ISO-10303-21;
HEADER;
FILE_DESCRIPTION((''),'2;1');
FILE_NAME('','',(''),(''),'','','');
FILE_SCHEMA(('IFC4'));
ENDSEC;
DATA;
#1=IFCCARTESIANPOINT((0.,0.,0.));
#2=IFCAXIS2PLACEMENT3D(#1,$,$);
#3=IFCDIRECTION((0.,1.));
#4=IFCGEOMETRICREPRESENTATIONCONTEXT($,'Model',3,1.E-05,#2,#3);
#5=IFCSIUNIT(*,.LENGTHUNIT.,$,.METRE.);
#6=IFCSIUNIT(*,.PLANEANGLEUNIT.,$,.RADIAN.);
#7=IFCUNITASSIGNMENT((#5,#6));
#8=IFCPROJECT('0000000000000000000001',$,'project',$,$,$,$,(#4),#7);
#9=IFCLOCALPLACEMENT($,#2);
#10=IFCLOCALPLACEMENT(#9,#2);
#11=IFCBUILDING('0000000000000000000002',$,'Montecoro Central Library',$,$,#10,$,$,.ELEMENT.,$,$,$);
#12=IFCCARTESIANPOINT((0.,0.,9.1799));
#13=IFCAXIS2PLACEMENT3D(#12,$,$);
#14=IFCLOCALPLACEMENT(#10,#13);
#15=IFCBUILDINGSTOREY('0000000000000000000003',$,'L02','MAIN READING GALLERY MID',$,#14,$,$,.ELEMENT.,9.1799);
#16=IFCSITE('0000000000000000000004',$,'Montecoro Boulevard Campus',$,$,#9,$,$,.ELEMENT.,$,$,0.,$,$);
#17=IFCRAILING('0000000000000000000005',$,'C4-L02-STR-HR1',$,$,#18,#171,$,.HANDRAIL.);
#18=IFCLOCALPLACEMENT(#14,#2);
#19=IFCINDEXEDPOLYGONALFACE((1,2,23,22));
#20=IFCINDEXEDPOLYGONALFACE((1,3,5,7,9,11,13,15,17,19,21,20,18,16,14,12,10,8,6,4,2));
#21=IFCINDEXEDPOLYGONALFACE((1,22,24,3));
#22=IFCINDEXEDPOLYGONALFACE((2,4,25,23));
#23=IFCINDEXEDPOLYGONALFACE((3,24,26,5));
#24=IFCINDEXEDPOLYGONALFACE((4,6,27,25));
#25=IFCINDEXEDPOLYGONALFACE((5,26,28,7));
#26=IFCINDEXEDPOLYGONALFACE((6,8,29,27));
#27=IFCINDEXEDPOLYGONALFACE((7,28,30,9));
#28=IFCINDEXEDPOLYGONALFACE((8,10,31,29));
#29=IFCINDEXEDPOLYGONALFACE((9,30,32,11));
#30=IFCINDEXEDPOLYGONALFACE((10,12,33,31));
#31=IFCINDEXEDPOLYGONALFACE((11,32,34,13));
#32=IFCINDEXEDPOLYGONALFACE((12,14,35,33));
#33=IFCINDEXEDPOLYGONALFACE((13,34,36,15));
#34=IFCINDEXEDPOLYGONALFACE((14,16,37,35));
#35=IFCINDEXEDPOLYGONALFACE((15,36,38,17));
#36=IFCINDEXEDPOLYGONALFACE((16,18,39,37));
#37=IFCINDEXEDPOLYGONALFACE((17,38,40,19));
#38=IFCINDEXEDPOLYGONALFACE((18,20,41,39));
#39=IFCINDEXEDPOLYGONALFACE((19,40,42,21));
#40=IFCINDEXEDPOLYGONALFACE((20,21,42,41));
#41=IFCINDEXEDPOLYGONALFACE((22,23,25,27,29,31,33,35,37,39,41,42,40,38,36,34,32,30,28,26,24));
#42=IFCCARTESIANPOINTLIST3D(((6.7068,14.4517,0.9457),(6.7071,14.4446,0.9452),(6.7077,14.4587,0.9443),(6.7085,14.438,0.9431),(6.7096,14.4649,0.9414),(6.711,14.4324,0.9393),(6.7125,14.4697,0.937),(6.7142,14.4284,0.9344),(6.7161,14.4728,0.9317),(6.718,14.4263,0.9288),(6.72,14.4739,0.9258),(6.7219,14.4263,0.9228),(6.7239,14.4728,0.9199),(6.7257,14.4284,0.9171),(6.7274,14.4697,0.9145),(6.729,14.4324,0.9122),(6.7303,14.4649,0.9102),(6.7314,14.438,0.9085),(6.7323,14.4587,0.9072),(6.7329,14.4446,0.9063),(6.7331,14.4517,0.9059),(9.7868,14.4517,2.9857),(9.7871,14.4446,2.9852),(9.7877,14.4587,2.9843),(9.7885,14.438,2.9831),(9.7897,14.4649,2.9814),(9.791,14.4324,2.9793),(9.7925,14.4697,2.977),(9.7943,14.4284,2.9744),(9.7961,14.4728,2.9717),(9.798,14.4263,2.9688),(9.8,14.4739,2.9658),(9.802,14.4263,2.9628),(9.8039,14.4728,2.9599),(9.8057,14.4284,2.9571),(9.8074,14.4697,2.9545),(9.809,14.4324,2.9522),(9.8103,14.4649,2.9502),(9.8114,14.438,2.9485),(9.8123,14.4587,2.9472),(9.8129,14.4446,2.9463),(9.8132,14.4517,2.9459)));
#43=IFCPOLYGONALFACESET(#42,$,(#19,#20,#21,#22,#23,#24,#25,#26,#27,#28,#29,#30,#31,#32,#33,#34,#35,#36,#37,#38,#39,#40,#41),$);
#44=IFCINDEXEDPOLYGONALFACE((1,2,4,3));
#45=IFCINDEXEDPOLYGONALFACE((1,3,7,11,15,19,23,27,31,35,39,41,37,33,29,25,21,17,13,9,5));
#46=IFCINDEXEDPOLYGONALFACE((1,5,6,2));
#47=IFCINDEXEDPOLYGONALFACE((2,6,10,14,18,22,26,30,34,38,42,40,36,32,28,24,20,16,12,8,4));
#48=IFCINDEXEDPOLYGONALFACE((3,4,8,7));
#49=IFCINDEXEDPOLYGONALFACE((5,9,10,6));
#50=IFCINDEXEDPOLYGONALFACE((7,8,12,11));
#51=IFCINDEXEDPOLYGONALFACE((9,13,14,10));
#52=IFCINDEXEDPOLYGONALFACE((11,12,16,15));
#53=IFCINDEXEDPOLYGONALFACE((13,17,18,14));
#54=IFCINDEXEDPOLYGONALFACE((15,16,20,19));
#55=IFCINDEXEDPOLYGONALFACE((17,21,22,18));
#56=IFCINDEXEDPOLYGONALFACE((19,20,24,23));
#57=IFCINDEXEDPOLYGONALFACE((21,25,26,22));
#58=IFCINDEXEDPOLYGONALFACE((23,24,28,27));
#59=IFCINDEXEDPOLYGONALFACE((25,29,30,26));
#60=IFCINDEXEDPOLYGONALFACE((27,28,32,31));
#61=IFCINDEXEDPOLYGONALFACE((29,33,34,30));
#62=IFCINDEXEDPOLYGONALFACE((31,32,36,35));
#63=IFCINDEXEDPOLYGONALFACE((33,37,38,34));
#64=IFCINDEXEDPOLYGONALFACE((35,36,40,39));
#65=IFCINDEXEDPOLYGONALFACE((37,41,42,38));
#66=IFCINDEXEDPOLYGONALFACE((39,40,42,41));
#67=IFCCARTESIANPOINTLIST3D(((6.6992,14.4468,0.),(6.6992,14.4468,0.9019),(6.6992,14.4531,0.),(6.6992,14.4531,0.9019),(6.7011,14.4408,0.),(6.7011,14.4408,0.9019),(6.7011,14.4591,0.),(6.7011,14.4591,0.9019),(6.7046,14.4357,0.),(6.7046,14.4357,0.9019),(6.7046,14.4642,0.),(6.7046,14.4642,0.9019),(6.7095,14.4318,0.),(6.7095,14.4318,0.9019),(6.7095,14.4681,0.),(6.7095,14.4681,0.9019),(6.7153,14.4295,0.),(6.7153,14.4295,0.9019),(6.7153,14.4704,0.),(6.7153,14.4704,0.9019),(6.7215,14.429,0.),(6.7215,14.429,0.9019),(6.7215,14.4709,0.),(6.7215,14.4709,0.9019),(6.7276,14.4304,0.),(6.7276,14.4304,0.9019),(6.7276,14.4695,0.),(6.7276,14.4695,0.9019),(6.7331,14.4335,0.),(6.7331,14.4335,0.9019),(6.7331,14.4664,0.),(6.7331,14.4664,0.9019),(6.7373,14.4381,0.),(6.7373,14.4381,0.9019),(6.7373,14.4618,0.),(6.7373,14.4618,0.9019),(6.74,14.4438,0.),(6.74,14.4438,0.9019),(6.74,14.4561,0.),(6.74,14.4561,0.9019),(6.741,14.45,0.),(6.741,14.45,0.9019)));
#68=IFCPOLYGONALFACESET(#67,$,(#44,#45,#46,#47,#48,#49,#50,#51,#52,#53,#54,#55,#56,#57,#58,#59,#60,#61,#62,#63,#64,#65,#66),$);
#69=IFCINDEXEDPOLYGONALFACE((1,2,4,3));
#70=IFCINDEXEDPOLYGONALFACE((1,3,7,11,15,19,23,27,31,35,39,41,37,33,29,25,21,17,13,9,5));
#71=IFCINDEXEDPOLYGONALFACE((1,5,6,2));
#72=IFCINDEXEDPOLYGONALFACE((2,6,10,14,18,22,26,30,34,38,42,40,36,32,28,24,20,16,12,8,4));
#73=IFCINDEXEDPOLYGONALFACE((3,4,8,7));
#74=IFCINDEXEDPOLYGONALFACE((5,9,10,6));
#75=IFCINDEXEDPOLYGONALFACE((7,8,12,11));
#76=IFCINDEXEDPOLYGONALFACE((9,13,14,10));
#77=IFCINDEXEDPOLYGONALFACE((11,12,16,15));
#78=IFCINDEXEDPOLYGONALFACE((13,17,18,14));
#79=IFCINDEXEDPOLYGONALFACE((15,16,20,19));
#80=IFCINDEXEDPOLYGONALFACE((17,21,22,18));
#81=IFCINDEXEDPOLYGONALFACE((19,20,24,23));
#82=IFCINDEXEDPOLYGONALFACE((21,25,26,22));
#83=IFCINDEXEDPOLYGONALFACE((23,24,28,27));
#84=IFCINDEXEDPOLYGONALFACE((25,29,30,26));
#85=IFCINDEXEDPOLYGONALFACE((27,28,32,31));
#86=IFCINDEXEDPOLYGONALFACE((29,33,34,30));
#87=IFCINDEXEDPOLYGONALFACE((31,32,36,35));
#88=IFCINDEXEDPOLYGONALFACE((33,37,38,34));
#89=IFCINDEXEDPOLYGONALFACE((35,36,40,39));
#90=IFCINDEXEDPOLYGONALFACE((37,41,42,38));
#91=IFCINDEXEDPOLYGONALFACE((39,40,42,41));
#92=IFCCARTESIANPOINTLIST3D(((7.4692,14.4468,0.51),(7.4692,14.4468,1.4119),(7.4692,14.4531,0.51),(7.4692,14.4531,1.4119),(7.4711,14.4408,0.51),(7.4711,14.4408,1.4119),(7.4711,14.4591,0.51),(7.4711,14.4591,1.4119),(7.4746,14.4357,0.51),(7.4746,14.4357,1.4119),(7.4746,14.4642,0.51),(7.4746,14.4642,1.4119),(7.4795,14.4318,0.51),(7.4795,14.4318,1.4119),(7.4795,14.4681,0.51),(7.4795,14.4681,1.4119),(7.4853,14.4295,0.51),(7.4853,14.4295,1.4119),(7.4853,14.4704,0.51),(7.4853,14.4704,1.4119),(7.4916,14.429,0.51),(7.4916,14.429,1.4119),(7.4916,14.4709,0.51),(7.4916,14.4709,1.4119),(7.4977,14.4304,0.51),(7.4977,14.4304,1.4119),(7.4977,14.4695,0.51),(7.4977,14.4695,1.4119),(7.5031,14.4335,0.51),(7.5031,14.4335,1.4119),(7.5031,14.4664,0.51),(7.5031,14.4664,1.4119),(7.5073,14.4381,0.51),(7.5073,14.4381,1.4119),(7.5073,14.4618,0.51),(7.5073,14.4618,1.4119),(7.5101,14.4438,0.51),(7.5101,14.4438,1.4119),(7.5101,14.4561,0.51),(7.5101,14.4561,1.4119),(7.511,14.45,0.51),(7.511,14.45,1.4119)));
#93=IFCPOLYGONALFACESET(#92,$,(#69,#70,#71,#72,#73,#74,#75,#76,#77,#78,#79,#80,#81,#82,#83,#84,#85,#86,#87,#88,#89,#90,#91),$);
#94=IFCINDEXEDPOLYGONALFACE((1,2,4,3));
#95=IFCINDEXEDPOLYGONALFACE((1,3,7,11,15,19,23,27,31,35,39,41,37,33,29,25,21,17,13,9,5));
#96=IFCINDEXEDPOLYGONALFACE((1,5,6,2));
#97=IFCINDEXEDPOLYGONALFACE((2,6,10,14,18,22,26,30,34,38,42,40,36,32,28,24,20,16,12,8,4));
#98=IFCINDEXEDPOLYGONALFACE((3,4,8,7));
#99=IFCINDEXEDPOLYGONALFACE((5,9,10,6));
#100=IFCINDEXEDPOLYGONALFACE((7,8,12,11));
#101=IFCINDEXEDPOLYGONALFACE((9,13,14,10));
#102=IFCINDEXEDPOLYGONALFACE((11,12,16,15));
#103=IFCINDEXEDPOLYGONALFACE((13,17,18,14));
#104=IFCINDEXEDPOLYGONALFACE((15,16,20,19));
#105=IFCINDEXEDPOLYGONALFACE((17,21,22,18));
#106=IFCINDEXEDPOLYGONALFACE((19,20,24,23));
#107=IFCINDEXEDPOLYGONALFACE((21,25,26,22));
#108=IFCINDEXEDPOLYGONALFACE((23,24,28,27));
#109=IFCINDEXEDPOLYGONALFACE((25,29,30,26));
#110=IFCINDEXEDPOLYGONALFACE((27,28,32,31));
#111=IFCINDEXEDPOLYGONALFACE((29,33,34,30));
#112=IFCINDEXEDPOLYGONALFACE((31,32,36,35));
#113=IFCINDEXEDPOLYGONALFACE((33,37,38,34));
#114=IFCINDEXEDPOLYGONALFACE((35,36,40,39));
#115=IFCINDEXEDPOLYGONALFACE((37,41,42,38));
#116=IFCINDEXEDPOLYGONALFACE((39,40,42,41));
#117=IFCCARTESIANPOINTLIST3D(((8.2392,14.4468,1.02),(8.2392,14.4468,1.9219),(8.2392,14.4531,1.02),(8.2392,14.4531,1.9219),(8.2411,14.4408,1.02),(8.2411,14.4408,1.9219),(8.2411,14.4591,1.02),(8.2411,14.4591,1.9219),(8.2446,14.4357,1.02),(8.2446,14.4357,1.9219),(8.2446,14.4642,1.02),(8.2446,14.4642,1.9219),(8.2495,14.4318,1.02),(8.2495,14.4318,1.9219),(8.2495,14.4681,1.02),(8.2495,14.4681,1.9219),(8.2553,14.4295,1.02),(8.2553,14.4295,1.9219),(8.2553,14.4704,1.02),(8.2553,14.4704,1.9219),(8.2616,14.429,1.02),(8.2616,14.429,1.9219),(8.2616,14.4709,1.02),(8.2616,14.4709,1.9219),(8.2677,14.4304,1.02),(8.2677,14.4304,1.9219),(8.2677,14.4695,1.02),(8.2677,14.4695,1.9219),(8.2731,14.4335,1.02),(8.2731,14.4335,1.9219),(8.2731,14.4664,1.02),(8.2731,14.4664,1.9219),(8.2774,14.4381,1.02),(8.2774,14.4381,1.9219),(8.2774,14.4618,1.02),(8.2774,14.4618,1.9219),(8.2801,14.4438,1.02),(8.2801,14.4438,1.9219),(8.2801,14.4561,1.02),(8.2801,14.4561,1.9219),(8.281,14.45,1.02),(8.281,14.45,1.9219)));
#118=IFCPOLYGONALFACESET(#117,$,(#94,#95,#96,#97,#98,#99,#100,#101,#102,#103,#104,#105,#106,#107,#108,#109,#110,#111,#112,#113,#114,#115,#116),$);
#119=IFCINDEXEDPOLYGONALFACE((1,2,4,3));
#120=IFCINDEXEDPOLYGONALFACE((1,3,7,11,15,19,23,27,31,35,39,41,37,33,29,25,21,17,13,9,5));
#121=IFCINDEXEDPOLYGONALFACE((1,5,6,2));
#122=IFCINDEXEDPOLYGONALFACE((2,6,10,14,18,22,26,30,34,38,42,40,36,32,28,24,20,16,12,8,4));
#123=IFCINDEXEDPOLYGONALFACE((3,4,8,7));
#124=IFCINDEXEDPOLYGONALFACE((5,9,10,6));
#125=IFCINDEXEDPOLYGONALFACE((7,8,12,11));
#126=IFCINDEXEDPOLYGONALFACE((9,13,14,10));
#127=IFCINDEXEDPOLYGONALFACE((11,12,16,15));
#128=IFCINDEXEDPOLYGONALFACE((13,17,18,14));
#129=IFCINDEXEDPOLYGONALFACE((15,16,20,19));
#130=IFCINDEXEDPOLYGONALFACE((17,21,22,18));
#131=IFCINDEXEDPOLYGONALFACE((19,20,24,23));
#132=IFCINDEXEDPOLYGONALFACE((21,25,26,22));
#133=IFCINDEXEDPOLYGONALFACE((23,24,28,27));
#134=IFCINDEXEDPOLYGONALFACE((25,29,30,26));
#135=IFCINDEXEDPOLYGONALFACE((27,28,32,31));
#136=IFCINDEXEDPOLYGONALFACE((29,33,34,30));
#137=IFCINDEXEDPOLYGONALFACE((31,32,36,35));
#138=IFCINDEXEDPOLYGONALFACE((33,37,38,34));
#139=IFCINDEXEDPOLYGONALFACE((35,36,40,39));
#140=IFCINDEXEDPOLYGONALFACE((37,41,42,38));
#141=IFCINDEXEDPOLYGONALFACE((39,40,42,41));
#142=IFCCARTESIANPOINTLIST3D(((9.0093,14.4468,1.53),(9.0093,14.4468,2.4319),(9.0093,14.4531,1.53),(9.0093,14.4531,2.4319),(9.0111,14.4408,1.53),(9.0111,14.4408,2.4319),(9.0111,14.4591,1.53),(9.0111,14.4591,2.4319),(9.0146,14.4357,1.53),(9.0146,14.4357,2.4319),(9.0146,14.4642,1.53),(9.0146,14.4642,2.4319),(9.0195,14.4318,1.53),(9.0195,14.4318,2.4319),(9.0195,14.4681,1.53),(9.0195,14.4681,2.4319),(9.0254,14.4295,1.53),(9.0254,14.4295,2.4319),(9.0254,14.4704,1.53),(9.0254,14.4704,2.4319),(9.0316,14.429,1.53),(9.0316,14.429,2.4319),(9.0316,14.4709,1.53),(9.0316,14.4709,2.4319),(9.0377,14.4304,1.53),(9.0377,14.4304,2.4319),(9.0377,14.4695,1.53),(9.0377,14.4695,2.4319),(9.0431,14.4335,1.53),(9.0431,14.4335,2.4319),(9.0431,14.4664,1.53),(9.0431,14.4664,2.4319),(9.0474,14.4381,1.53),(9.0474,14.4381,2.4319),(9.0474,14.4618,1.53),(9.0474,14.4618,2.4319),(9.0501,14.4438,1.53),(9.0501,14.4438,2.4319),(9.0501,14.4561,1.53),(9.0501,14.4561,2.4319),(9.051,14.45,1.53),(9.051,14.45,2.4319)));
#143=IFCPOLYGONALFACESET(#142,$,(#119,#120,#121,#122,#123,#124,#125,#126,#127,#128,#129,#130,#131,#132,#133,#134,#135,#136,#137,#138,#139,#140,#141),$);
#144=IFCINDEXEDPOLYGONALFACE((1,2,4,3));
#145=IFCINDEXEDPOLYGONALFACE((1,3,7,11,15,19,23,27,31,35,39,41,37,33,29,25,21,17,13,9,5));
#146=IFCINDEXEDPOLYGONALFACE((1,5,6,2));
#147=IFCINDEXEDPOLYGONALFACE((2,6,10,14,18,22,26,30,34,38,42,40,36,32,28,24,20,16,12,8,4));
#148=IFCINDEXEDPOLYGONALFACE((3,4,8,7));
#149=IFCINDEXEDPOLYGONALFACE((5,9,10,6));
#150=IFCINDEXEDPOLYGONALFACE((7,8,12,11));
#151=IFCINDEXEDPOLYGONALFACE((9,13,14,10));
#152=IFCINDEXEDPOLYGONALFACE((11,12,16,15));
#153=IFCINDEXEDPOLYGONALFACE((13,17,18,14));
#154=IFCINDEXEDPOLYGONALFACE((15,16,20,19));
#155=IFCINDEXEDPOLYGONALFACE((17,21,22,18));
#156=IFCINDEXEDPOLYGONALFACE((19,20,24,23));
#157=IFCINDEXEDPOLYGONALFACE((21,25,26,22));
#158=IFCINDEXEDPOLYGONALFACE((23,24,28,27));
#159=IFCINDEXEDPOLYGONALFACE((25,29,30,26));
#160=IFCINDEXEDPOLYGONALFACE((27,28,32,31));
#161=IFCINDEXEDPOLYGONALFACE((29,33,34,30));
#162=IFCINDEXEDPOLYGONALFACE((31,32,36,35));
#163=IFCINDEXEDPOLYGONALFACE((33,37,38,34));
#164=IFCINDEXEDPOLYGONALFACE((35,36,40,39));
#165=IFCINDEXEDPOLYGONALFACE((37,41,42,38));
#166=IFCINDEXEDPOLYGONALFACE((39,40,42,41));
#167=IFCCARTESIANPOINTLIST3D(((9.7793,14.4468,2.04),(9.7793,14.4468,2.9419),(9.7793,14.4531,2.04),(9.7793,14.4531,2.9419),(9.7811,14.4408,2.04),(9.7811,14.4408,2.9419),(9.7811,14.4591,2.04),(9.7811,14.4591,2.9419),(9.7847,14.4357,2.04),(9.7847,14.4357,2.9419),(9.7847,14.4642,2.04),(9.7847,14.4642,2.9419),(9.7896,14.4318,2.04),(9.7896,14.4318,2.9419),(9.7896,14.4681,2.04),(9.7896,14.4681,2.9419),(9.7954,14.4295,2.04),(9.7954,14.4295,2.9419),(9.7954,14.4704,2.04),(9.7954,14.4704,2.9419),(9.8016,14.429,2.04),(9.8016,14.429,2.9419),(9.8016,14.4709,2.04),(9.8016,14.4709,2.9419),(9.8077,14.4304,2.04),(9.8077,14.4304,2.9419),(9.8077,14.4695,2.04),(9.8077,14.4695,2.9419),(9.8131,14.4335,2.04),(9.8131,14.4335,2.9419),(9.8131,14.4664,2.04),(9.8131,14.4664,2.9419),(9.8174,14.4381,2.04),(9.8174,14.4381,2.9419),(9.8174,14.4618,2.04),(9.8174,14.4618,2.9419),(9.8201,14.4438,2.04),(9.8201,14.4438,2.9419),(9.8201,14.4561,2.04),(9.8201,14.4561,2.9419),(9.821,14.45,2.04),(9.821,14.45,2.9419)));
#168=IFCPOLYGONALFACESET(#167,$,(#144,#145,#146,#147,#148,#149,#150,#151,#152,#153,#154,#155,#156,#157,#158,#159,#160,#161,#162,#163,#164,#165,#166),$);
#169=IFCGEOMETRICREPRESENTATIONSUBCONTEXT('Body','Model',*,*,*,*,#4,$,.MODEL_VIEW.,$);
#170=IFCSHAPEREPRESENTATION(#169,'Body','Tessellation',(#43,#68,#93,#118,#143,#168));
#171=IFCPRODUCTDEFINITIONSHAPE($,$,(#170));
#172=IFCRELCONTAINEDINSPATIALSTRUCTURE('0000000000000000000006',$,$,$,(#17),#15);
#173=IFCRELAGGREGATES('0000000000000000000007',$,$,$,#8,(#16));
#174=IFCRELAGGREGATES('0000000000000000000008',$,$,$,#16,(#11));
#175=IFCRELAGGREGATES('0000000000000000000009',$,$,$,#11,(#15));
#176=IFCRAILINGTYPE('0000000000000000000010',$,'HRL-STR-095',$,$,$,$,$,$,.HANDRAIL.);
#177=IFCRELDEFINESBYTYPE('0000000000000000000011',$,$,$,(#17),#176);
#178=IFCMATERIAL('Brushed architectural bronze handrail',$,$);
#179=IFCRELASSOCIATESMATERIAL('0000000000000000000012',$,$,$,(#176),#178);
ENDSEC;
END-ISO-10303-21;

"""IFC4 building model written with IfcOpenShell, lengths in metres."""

from ifc_helpers import new_model, si_unit, direction, frame, origin, origin_2d, place, context, subcontext, project, spatial, circle, extrude, material, type_object, element, save


model = new_model("IFC4")

# Units and contexts
model_context = context("Model", 3, precision=1e-05, world=origin(), true_north=direction((0.0, 1.0)))
body_context = subcontext(model_context, "Body", "Model", "MODEL_VIEW")
ifc_project = project(units=[si_unit("LENGTHUNIT", "METRE"), si_unit("PLANEANGLEUNIT", "RADIAN")], contexts=[model_context])

# Site, building, storey
site_placement = place(None, origin())
site = spatial("IfcSite", under=ifc_project, at=site_placement, Name="Montecoro Boulevard Campus", CompositionType="ELEMENT", RefElevation=0.0)
building_placement = place(site_placement, origin())
building = spatial("IfcBuilding", under=site, at=building_placement, Name="Montecoro Central Library", CompositionType="ELEMENT")
storey_placement = place(building_placement, frame((0.0, 0.0, 9.1799)))
storey = spatial("IfcBuildingStorey", under=building, at=storey_placement, Name="L02", Description="MAIN READING GALLERY MID", CompositionType="ELEMENT", Elevation=9.1799)

# Railing
ifc_material_1 = material(Name="Brushed architectural bronze handrail")
railing_type_1 = type_object("IfcRailingType", Name="HRL-STR-095", PredefinedType="HANDRAIL", material=ifc_material_1)
railing_1_placement = place(storey_placement, frame((6.72, 14.45, 0.0)))
element("IfcRailing", 1, at=railing_1_placement, inside=storey, type_object=railing_type_1, Name="C4-L02-STR-HR1", PredefinedType="HANDRAIL", context=body_context, shape_type="SweptSolid", body=[
    extrude(circle(Radius=0.0239, at=origin_2d()), frame((0.0, 0.0, 0.9258), z_axis=(0.833714, 0.0, 0.552197), x_axis=(0.0, 1.0, 0.0)), (0.0, 0.0, 1.0), 3.6943),
    extrude(circle(Radius=0.021, at=origin_2d()), origin(), (0.0, 0.0, 1.0), 0.9019),
    extrude(circle(Radius=0.021, at=origin_2d()), frame((0.77, 0.0, 0.51)), (0.0, 0.0, 1.0), 0.9019),
    extrude(circle(Radius=0.021, at=origin_2d()), frame((1.54, 0.0, 1.02)), (0.0, 0.0, 1.0), 0.9019),
    extrude(circle(Radius=0.021, at=origin_2d()), frame((2.3101, 0.0, 1.53)), (0.0, 0.0, 1.0), 0.9019),
    extrude(circle(Radius=0.021, at=origin_2d()), frame((3.0801, 0.0, 2.04)), (0.0, 0.0, 1.0), 0.9019),
])

save(model, "model.ifc")
